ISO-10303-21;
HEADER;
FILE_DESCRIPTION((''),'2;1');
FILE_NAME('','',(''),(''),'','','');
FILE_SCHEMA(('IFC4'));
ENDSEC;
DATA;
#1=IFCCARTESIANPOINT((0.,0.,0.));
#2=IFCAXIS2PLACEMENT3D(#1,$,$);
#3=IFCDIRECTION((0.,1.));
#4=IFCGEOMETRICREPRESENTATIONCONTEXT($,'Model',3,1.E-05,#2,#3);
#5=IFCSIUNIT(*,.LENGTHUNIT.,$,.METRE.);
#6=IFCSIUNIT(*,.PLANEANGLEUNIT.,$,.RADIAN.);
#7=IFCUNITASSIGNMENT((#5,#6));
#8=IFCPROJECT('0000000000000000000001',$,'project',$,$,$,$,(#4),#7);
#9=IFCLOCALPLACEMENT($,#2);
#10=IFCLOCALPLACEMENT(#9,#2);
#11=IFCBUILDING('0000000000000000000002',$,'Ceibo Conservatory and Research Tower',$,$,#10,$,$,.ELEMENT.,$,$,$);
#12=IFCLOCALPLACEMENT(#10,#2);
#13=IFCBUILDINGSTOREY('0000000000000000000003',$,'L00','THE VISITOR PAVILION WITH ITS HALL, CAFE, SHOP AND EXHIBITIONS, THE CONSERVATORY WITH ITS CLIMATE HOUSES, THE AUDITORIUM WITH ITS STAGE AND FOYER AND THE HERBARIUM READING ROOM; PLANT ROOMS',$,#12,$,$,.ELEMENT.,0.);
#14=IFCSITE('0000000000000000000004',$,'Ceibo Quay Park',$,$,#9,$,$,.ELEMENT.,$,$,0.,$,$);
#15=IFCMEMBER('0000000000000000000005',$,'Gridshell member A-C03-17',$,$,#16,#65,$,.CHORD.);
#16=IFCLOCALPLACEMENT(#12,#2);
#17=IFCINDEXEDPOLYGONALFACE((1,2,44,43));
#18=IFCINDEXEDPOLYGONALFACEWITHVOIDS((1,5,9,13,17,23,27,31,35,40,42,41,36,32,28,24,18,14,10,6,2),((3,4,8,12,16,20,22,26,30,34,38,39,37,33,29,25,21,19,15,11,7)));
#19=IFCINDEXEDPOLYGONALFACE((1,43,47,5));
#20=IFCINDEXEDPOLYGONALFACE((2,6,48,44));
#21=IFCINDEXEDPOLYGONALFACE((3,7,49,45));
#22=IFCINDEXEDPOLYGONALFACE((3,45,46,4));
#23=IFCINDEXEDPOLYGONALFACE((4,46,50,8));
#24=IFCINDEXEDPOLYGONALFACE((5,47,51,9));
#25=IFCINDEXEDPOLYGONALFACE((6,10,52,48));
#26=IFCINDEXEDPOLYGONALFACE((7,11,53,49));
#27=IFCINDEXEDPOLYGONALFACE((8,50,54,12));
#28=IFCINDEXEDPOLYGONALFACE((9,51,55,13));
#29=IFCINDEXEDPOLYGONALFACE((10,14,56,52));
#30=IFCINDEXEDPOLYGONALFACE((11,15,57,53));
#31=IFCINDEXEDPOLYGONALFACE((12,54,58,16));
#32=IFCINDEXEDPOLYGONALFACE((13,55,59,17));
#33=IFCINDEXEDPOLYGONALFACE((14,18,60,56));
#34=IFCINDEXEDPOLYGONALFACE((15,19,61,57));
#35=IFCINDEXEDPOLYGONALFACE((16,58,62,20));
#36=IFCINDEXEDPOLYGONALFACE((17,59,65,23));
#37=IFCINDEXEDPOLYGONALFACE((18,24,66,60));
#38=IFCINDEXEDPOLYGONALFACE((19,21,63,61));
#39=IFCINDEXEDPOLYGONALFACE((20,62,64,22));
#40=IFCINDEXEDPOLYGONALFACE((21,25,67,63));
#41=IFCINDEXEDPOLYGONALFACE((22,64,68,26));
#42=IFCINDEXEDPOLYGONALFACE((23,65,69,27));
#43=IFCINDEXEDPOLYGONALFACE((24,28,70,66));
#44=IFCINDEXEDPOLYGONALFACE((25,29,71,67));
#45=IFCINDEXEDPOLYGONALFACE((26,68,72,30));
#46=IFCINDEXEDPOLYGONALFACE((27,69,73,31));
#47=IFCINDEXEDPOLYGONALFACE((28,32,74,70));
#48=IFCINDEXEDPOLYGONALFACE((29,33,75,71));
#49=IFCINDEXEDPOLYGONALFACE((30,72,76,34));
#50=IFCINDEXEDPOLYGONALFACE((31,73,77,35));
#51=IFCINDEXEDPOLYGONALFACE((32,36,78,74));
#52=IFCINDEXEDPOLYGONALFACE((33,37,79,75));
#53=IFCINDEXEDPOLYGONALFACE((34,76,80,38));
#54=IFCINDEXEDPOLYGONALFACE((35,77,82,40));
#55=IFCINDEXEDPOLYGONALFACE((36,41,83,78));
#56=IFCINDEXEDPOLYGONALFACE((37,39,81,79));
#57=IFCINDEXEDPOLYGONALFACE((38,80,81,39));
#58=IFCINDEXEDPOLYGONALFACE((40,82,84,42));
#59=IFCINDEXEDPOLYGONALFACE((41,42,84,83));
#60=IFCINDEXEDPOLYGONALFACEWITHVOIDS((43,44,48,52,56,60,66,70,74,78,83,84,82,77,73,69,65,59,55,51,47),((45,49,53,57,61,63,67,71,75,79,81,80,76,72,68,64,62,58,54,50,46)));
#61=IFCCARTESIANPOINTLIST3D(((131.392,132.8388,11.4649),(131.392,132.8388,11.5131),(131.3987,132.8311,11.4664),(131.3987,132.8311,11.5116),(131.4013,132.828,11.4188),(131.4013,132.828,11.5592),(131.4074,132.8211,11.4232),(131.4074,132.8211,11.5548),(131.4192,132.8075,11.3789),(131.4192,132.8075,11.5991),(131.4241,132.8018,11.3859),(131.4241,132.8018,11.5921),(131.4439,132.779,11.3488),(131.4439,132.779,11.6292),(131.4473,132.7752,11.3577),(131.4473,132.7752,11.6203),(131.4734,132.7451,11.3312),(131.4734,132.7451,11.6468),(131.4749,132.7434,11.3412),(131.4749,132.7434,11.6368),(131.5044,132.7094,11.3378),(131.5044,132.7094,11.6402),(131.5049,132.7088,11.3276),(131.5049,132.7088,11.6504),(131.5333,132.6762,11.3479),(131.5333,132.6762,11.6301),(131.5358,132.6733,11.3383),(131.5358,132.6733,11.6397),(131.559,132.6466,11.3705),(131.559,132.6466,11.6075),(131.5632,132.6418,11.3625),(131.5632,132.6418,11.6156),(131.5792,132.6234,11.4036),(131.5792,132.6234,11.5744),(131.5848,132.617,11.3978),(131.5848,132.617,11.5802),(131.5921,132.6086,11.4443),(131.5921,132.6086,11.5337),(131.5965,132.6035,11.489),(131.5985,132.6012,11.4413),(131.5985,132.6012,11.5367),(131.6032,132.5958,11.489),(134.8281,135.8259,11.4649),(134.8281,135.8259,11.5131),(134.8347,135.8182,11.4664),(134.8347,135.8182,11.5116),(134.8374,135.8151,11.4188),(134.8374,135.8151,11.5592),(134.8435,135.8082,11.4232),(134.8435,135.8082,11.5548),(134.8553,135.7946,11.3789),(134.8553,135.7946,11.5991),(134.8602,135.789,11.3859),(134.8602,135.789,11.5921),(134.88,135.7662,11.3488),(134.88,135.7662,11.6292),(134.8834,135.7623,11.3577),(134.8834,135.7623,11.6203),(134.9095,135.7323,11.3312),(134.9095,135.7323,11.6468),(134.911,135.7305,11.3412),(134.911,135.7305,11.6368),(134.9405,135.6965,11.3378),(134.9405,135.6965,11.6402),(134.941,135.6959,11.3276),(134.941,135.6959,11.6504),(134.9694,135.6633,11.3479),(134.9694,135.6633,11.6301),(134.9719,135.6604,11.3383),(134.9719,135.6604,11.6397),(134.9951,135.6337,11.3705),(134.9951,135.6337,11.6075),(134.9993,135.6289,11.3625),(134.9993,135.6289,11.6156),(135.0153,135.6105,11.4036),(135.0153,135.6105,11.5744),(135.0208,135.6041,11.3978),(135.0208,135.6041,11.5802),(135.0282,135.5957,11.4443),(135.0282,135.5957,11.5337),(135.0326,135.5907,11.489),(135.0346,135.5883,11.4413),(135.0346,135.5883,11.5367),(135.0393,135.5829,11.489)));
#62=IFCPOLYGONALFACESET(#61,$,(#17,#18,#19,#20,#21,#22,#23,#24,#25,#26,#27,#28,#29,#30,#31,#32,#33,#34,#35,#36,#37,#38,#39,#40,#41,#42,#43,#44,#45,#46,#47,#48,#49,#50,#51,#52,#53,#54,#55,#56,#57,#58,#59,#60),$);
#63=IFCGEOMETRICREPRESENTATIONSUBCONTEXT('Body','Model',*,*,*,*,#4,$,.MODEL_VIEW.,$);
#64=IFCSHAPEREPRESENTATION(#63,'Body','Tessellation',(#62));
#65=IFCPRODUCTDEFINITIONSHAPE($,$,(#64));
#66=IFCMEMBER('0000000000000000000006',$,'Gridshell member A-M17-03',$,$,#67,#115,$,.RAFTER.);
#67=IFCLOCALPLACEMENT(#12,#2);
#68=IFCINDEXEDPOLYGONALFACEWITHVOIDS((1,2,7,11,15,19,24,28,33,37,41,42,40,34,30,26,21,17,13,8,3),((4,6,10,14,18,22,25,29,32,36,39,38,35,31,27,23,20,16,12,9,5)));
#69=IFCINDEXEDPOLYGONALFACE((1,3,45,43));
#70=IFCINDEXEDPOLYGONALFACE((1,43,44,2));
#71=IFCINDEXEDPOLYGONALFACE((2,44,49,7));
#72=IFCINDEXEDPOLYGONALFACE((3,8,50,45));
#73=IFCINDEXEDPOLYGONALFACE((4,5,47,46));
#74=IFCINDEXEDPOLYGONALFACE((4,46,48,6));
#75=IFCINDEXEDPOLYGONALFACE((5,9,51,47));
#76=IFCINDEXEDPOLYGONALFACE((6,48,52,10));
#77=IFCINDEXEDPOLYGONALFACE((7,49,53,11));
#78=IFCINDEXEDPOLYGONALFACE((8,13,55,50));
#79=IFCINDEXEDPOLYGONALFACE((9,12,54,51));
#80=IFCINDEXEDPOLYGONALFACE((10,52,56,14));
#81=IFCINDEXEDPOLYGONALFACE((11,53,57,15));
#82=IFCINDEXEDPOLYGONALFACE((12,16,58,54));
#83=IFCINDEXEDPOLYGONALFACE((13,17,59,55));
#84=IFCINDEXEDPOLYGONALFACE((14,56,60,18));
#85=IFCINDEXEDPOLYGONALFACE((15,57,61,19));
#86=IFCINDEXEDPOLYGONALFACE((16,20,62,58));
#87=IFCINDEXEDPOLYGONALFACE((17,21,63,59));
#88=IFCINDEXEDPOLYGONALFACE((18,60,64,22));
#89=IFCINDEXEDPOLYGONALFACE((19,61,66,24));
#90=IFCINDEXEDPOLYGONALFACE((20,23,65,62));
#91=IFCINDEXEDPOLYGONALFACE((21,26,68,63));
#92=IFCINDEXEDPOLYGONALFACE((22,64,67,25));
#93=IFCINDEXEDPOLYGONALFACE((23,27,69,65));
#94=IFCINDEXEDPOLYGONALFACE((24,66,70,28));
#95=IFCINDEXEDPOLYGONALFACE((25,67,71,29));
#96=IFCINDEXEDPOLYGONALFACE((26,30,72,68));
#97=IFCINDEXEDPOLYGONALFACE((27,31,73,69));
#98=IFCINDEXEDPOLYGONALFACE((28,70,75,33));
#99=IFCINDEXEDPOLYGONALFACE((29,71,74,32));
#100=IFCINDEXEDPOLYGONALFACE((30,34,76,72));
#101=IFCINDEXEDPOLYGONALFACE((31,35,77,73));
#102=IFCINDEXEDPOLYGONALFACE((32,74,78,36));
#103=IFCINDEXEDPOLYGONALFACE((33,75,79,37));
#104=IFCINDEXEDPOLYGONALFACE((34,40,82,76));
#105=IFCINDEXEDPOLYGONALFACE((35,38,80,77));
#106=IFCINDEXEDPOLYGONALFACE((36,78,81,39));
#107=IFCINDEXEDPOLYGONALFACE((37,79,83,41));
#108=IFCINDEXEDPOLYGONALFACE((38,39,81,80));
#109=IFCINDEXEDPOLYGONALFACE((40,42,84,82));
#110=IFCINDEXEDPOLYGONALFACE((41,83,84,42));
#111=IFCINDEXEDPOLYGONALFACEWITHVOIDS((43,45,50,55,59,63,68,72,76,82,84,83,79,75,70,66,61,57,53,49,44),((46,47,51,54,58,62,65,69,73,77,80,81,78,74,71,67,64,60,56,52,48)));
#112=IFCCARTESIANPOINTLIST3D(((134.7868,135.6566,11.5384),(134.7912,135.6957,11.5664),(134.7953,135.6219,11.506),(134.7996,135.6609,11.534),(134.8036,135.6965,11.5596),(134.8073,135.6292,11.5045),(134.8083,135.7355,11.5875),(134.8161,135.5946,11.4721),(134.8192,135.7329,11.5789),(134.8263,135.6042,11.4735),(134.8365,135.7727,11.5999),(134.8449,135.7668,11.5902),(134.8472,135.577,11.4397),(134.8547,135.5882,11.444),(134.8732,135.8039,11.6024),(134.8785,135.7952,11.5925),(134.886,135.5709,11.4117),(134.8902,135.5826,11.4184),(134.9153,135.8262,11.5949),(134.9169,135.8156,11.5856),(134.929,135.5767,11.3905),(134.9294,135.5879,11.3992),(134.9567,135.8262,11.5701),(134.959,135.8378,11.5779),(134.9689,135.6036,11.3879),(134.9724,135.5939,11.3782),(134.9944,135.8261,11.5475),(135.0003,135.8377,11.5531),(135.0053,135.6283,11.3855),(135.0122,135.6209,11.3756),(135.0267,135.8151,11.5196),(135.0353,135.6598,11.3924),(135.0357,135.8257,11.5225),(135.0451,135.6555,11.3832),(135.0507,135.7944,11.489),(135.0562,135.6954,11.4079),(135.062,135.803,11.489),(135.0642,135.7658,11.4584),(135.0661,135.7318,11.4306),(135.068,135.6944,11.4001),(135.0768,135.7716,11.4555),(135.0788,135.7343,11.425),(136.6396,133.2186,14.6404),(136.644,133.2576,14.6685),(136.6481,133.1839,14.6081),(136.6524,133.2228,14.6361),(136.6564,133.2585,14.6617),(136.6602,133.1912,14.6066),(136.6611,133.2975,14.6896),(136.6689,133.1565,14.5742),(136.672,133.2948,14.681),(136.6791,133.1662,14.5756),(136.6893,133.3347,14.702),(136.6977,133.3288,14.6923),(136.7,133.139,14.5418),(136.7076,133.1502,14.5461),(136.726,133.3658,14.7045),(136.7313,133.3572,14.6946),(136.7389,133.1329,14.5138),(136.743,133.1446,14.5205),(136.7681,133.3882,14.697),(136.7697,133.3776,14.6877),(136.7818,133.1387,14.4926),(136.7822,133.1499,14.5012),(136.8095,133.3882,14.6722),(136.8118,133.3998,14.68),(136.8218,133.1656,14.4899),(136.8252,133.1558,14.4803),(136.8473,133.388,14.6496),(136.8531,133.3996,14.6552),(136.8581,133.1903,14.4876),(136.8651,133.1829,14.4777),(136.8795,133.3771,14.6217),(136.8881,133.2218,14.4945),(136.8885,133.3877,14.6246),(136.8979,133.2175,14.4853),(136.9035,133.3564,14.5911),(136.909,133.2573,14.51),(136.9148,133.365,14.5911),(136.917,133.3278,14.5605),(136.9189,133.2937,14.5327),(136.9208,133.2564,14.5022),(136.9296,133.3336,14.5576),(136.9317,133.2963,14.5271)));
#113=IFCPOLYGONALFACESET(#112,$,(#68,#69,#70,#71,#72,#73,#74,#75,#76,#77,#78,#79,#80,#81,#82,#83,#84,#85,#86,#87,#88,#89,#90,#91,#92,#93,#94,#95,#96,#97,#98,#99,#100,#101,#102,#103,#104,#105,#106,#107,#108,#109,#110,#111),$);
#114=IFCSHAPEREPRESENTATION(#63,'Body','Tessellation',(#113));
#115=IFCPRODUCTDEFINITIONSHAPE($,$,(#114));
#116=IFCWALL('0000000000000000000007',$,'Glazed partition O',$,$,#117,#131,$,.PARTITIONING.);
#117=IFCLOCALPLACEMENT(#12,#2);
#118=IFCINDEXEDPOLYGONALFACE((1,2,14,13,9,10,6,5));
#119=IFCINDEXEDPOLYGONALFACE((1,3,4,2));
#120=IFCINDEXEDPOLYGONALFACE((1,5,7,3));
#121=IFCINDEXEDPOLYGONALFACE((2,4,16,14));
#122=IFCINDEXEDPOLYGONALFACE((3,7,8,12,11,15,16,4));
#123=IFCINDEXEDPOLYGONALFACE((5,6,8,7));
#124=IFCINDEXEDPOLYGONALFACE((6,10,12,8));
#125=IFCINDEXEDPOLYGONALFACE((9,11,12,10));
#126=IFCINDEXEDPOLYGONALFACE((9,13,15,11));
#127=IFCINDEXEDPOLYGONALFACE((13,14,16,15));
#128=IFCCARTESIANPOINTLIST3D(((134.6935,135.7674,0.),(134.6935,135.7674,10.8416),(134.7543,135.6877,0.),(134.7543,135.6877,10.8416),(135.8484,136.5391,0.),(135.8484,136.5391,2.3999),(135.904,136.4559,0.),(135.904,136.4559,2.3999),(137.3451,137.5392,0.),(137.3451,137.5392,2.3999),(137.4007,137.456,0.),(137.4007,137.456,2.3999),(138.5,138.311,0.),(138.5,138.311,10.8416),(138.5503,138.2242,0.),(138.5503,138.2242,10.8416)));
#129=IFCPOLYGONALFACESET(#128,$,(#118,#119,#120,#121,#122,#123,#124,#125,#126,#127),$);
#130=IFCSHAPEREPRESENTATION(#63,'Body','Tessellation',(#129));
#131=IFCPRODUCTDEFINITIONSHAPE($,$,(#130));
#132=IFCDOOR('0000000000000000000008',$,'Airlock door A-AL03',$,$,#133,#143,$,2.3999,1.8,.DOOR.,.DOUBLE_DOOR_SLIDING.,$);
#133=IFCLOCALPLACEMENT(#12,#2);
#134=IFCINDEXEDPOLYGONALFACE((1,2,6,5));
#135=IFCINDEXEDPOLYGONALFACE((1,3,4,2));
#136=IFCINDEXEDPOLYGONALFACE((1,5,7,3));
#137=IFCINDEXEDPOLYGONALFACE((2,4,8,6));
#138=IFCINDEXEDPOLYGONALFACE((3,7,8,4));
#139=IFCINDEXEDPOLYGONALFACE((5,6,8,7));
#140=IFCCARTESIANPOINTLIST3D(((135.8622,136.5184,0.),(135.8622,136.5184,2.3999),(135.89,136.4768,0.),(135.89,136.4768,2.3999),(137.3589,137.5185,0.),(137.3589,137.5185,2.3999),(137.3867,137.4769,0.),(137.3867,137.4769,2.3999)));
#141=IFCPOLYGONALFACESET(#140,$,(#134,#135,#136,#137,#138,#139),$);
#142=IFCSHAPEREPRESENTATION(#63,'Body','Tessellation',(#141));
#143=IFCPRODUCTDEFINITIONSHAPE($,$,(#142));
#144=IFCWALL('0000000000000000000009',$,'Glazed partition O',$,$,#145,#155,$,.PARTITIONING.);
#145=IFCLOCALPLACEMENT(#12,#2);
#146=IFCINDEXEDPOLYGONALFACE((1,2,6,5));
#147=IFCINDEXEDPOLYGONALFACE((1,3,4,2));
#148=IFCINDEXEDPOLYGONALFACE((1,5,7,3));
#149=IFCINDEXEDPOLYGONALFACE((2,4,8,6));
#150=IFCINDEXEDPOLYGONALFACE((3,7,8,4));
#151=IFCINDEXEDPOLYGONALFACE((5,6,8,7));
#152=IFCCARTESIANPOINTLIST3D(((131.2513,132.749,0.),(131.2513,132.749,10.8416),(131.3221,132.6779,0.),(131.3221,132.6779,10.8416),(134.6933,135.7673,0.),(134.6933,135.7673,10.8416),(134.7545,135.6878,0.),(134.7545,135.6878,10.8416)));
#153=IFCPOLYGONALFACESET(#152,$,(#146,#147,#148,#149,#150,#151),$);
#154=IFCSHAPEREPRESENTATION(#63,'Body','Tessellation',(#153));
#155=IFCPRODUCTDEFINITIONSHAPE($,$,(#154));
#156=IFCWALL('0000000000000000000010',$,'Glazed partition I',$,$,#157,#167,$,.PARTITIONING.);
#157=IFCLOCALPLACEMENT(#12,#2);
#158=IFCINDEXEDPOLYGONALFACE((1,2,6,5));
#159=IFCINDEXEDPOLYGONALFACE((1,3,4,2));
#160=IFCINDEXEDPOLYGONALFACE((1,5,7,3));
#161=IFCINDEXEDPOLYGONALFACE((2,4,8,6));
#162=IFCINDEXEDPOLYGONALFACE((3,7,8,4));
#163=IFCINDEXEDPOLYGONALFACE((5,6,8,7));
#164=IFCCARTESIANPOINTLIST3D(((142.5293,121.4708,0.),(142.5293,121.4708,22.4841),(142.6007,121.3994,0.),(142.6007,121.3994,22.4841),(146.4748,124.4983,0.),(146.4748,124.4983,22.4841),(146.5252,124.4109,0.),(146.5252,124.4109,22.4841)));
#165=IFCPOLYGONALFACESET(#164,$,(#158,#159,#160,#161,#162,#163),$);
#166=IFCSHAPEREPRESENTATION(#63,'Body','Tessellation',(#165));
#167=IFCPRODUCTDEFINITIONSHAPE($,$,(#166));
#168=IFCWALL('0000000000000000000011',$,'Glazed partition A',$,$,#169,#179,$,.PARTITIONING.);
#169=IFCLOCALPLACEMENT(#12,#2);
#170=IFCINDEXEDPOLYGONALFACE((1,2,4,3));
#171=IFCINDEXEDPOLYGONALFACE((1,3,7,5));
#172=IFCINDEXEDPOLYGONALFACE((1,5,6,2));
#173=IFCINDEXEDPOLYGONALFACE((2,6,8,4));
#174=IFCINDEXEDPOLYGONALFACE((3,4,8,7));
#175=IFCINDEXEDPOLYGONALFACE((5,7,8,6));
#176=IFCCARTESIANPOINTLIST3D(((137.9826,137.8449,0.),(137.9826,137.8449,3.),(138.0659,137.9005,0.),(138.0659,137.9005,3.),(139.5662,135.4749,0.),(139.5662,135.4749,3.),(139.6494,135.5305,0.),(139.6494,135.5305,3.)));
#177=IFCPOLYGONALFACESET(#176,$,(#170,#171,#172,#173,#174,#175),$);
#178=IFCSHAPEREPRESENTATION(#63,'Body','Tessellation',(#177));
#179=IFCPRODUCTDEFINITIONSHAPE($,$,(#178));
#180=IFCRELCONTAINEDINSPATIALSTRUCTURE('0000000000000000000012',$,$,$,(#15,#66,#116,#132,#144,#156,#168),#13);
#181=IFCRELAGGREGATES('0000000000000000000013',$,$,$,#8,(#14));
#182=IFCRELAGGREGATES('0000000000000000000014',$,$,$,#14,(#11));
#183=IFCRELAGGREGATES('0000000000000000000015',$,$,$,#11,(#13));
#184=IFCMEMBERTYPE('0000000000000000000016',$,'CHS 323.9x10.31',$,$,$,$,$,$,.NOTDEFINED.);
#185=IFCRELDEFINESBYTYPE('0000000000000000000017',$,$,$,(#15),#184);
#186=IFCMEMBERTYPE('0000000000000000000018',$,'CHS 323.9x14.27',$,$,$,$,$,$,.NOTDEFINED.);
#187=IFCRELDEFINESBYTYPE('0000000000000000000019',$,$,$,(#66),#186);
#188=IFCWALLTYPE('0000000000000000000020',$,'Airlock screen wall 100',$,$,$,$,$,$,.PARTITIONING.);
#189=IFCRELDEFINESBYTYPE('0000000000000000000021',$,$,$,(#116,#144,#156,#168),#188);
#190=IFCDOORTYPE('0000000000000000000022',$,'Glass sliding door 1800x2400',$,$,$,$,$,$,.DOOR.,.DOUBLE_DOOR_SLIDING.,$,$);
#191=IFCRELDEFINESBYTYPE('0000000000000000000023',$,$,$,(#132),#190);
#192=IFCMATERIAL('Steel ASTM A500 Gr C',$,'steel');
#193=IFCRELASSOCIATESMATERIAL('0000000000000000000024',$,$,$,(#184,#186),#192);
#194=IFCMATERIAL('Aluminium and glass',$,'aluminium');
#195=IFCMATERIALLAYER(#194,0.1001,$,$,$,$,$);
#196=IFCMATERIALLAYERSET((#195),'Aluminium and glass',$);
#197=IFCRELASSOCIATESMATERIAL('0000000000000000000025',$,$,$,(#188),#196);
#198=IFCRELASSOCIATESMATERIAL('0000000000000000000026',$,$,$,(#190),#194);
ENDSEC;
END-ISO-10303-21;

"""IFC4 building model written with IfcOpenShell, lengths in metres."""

from ifc_helpers import new_model, si_unit, direction, frame, frame_2d, origin, origin_2d, place, context, subcontext, project, spatial, polyline, rectangle, hollow_circle, outline, extrude, material, layer, layer_set, material_profile, profile_set, type_object, element, fill, save


model = new_model("IFC4")

# Units and contexts
model_context = context("Model", 3, precision=1e-05, world=origin(), true_north=direction((0.0, 1.0)))
body_context = subcontext(model_context, "Body", "Model", "MODEL_VIEW")
ifc_project = project(units=[si_unit("LENGTHUNIT", "METRE"), si_unit("PLANEANGLEUNIT", "RADIAN")], contexts=[model_context])

# Site, building, storey
site_placement = place(None, origin())
site = spatial("IfcSite", under=ifc_project, at=site_placement, Name="Ceibo Quay Park", CompositionType="ELEMENT", RefElevation=0.0)
building_placement = place(site_placement, origin())
building = spatial("IfcBuilding", under=site, at=building_placement, Name="Ceibo Conservatory and Research Tower", CompositionType="ELEMENT")
storey_placement = place(building_placement, origin())
storey = spatial("IfcBuildingStorey", under=building, at=storey_placement, Name="L00", Description="THE VISITOR PAVILION WITH ITS HALL, CAFE, SHOP AND EXHIBITIONS, THE CONSERVATORY WITH ITS CLIMATE HOUSES, THE AUDITORIUM WITH ITS STAGE AND FOYER AND THE HERBARIUM READING ROOM; PLANT ROOMS", CompositionType="ELEMENT", Elevation=0.0)

# Members
ifc_material_1 = material(Name="Steel ASTM A500 Gr C", Category="steel")
ifc_material_profile_1 = material_profile(ifc_material_1, hollow_circle(Radius=0.1619, WallThickness=0.0103, at=origin_2d()), Name="CHS 323.9x10.31")
ifc_profile_set_1 = profile_set([ifc_material_profile_1], Name="Steel ASTM A500 Gr C")
member_type_1 = type_object("IfcMemberType", Name="CHS 323.9x10.31", PredefinedType="NOTDEFINED", material=ifc_profile_set_1)
member_1_placement = place(storey_placement, frame((134.9331, 135.7051, 11.489), z_axis=(-0.754692, -0.656079, 0.0), x_axis=(0.656079, -0.754692, 0.0)))
element("IfcMember", 1, at=member_1_placement, inside=storey, type_object=member_type_1, Name="Gridshell member A-C03-17", PredefinedType="CHORD", context=body_context, shape_type="SweptSolid", body=[
    extrude(hollow_circle(Radius=0.1619, WallThickness=0.0103, at=origin_2d()), origin(), (0.0, 0.0, 1.0), 4.553),
])
ifc_material_profile_2 = material_profile(ifc_material_1, hollow_circle(Radius=0.1619, WallThickness=0.0142, at=origin_2d()), Name="CHS 323.9x14.27")
ifc_profile_set_2 = profile_set([ifc_material_profile_2], Name="Steel ASTM A500 Gr C")
member_type_2 = type_object("IfcMemberType", Name="CHS 323.9x14.27", PredefinedType="NOTDEFINED", material=ifc_profile_set_2)
member_2_placement = place(storey_placement, frame((134.9331, 135.7051, 11.489), z_axis=(0.425065, -0.559323, 0.711672), x_axis=(0.796176, 0.605065, 0.0)))
element("IfcMember", 2, at=member_2_placement, inside=storey, type_object=member_type_2, Name="Gridshell member A-M17-03", PredefinedType="RAFTER", context=body_context, shape_type="SweptSolid", body=[
    extrude(hollow_circle(Radius=0.1619, WallThickness=0.0142, at=origin_2d()), origin(), (0.0, 0.0, 1.0), 4.3589),
])

# Wall, opening, door
ifc_material_2 = material(Name="Aluminium and glass", Category="aluminium")
ifc_layer_1 = layer(ifc_material_2, 0.1001)
ifc_layer_set_1 = layer_set([ifc_layer_1], Name="Aluminium and glass")
wall_type_1 = type_object("IfcWallType", Name="Airlock screen wall 100", PredefinedType="PARTITIONING", material=ifc_layer_set_1)
wall_1_placement = place(storey_placement, frame((138.5251, 138.2676, 0.0), z_axis=(0.0, 0.0, 1.0), x_axis=(-0.831458, -0.555587, 0.0)))
wall_1 = element("IfcWall", 3, at=wall_1_placement, inside=storey, type_object=wall_type_1, Name="Glazed partition O", PredefinedType="PARTITIONING", context=body_context, shape_type="SweptSolid", body=[
    extrude(outline(polyline([(-0.0032, -0.05), (4.575, -0.05), (4.5686, 0.05), (0.0032, 0.05), (-0.0032, -0.05)])), origin(), (0.0, 0.0, 1.0), 10.8416),
])
opening_1_placement = place(wall_1_placement, frame((1.386, 0.0, 0.0)))
opening_1 = element("IfcOpeningElement", 4, at=opening_1_placement, cuts=wall_1, PredefinedType="OPENING", context=body_context, shape_type="SweptSolid", body=[
    extrude(rectangle(XDim=1.8, YDim=2.3999, at=frame_2d((0.8999, 1.2))), frame((0.0, 0.0601, 0.0), z_axis=(0.0, -1.0, 0.0), x_axis=(1.0, 0.0, 0.0)), (0.0, 0.0, 1.0), 0.1201),
])
door_type = type_object("IfcDoorType", Name="Glass sliding door 1800x2400", OperationType="DOUBLE_DOOR_SLIDING", PredefinedType="DOOR", material=ifc_material_2)
door_1_placement = place(opening_1_placement, origin())
door_1 = element("IfcDoor", 5, at=door_1_placement, inside=storey, type_object=door_type, Name="Airlock door A-AL03", OperationType="DOUBLE_DOOR_SLIDING", OverallHeight=2.3999, OverallWidth=1.8, PredefinedType="DOOR", context=body_context, shape_type="SweptSolid", body=[
    extrude(rectangle(XDim=1.8, YDim=2.3999, at=frame_2d((0.8999, 1.2))), frame((0.0, 0.0249, 0.0), z_axis=(0.0, -1.0, 0.0), x_axis=(1.0, 0.0, 0.0)), (0.0, 0.0, 1.0), 0.05),
])
fill(opening_1, door_1)

# Walls
wall_2_placement = place(storey_placement, frame((134.7239, 135.7275, 0.0), z_axis=(0.0, 0.0, 1.0), x_axis=(-0.751865, -0.659317, 0.0)))
element("IfcWall", 6, at=wall_2_placement, inside=storey, type_object=wall_type_1, Name="Glazed partition O", PredefinedType="PARTITIONING", context=body_context, shape_type="SweptSolid", body=[
    extrude(outline(polyline([(-0.0032, -0.05), (4.5747, -0.05), (4.5684, 0.05), (0.0032, 0.05), (-0.0032, -0.05)])), origin(), (0.0, 0.0, 1.0), 10.8416),
])
wall_3_placement = place(storey_placement, frame((146.5, 124.4546, 0.0), z_axis=(0.0, 0.0, 1.0), x_axis=(-0.793348, -0.608768, 0.0)))
element("IfcWall", 7, at=wall_3_placement, inside=storey, type_object=wall_type_1, Name="Glazed partition I", PredefinedType="PARTITIONING", context=body_context, shape_type="SweptSolid", body=[
    extrude(outline(polyline([(-0.0066, -0.05), (4.9666, -0.05), (4.9534, 0.05), (0.0066, 0.05), (-0.0066, -0.05)])), origin(), (0.0, 0.0, 1.0), 22.4841),
])
wall_4_placement = place(storey_placement, frame((138.0242, 137.8728, 0.0), z_axis=(0.0, 0.0, 1.0), x_axis=(0.55557, -0.83147, 0.0)))
element("IfcWall", 8, at=wall_4_placement, inside=storey, type_object=wall_type_1, Name="Glazed partition A", PredefinedType="PARTITIONING", context=body_context, shape_type="SweptSolid", body=[
    extrude(rectangle(XDim=2.8503, YDim=0.1001, at=frame_2d((1.4253, 0.0))), origin(), (0.0, 0.0, 1.0), 3.0),
])

save(model, "model.ifc")
